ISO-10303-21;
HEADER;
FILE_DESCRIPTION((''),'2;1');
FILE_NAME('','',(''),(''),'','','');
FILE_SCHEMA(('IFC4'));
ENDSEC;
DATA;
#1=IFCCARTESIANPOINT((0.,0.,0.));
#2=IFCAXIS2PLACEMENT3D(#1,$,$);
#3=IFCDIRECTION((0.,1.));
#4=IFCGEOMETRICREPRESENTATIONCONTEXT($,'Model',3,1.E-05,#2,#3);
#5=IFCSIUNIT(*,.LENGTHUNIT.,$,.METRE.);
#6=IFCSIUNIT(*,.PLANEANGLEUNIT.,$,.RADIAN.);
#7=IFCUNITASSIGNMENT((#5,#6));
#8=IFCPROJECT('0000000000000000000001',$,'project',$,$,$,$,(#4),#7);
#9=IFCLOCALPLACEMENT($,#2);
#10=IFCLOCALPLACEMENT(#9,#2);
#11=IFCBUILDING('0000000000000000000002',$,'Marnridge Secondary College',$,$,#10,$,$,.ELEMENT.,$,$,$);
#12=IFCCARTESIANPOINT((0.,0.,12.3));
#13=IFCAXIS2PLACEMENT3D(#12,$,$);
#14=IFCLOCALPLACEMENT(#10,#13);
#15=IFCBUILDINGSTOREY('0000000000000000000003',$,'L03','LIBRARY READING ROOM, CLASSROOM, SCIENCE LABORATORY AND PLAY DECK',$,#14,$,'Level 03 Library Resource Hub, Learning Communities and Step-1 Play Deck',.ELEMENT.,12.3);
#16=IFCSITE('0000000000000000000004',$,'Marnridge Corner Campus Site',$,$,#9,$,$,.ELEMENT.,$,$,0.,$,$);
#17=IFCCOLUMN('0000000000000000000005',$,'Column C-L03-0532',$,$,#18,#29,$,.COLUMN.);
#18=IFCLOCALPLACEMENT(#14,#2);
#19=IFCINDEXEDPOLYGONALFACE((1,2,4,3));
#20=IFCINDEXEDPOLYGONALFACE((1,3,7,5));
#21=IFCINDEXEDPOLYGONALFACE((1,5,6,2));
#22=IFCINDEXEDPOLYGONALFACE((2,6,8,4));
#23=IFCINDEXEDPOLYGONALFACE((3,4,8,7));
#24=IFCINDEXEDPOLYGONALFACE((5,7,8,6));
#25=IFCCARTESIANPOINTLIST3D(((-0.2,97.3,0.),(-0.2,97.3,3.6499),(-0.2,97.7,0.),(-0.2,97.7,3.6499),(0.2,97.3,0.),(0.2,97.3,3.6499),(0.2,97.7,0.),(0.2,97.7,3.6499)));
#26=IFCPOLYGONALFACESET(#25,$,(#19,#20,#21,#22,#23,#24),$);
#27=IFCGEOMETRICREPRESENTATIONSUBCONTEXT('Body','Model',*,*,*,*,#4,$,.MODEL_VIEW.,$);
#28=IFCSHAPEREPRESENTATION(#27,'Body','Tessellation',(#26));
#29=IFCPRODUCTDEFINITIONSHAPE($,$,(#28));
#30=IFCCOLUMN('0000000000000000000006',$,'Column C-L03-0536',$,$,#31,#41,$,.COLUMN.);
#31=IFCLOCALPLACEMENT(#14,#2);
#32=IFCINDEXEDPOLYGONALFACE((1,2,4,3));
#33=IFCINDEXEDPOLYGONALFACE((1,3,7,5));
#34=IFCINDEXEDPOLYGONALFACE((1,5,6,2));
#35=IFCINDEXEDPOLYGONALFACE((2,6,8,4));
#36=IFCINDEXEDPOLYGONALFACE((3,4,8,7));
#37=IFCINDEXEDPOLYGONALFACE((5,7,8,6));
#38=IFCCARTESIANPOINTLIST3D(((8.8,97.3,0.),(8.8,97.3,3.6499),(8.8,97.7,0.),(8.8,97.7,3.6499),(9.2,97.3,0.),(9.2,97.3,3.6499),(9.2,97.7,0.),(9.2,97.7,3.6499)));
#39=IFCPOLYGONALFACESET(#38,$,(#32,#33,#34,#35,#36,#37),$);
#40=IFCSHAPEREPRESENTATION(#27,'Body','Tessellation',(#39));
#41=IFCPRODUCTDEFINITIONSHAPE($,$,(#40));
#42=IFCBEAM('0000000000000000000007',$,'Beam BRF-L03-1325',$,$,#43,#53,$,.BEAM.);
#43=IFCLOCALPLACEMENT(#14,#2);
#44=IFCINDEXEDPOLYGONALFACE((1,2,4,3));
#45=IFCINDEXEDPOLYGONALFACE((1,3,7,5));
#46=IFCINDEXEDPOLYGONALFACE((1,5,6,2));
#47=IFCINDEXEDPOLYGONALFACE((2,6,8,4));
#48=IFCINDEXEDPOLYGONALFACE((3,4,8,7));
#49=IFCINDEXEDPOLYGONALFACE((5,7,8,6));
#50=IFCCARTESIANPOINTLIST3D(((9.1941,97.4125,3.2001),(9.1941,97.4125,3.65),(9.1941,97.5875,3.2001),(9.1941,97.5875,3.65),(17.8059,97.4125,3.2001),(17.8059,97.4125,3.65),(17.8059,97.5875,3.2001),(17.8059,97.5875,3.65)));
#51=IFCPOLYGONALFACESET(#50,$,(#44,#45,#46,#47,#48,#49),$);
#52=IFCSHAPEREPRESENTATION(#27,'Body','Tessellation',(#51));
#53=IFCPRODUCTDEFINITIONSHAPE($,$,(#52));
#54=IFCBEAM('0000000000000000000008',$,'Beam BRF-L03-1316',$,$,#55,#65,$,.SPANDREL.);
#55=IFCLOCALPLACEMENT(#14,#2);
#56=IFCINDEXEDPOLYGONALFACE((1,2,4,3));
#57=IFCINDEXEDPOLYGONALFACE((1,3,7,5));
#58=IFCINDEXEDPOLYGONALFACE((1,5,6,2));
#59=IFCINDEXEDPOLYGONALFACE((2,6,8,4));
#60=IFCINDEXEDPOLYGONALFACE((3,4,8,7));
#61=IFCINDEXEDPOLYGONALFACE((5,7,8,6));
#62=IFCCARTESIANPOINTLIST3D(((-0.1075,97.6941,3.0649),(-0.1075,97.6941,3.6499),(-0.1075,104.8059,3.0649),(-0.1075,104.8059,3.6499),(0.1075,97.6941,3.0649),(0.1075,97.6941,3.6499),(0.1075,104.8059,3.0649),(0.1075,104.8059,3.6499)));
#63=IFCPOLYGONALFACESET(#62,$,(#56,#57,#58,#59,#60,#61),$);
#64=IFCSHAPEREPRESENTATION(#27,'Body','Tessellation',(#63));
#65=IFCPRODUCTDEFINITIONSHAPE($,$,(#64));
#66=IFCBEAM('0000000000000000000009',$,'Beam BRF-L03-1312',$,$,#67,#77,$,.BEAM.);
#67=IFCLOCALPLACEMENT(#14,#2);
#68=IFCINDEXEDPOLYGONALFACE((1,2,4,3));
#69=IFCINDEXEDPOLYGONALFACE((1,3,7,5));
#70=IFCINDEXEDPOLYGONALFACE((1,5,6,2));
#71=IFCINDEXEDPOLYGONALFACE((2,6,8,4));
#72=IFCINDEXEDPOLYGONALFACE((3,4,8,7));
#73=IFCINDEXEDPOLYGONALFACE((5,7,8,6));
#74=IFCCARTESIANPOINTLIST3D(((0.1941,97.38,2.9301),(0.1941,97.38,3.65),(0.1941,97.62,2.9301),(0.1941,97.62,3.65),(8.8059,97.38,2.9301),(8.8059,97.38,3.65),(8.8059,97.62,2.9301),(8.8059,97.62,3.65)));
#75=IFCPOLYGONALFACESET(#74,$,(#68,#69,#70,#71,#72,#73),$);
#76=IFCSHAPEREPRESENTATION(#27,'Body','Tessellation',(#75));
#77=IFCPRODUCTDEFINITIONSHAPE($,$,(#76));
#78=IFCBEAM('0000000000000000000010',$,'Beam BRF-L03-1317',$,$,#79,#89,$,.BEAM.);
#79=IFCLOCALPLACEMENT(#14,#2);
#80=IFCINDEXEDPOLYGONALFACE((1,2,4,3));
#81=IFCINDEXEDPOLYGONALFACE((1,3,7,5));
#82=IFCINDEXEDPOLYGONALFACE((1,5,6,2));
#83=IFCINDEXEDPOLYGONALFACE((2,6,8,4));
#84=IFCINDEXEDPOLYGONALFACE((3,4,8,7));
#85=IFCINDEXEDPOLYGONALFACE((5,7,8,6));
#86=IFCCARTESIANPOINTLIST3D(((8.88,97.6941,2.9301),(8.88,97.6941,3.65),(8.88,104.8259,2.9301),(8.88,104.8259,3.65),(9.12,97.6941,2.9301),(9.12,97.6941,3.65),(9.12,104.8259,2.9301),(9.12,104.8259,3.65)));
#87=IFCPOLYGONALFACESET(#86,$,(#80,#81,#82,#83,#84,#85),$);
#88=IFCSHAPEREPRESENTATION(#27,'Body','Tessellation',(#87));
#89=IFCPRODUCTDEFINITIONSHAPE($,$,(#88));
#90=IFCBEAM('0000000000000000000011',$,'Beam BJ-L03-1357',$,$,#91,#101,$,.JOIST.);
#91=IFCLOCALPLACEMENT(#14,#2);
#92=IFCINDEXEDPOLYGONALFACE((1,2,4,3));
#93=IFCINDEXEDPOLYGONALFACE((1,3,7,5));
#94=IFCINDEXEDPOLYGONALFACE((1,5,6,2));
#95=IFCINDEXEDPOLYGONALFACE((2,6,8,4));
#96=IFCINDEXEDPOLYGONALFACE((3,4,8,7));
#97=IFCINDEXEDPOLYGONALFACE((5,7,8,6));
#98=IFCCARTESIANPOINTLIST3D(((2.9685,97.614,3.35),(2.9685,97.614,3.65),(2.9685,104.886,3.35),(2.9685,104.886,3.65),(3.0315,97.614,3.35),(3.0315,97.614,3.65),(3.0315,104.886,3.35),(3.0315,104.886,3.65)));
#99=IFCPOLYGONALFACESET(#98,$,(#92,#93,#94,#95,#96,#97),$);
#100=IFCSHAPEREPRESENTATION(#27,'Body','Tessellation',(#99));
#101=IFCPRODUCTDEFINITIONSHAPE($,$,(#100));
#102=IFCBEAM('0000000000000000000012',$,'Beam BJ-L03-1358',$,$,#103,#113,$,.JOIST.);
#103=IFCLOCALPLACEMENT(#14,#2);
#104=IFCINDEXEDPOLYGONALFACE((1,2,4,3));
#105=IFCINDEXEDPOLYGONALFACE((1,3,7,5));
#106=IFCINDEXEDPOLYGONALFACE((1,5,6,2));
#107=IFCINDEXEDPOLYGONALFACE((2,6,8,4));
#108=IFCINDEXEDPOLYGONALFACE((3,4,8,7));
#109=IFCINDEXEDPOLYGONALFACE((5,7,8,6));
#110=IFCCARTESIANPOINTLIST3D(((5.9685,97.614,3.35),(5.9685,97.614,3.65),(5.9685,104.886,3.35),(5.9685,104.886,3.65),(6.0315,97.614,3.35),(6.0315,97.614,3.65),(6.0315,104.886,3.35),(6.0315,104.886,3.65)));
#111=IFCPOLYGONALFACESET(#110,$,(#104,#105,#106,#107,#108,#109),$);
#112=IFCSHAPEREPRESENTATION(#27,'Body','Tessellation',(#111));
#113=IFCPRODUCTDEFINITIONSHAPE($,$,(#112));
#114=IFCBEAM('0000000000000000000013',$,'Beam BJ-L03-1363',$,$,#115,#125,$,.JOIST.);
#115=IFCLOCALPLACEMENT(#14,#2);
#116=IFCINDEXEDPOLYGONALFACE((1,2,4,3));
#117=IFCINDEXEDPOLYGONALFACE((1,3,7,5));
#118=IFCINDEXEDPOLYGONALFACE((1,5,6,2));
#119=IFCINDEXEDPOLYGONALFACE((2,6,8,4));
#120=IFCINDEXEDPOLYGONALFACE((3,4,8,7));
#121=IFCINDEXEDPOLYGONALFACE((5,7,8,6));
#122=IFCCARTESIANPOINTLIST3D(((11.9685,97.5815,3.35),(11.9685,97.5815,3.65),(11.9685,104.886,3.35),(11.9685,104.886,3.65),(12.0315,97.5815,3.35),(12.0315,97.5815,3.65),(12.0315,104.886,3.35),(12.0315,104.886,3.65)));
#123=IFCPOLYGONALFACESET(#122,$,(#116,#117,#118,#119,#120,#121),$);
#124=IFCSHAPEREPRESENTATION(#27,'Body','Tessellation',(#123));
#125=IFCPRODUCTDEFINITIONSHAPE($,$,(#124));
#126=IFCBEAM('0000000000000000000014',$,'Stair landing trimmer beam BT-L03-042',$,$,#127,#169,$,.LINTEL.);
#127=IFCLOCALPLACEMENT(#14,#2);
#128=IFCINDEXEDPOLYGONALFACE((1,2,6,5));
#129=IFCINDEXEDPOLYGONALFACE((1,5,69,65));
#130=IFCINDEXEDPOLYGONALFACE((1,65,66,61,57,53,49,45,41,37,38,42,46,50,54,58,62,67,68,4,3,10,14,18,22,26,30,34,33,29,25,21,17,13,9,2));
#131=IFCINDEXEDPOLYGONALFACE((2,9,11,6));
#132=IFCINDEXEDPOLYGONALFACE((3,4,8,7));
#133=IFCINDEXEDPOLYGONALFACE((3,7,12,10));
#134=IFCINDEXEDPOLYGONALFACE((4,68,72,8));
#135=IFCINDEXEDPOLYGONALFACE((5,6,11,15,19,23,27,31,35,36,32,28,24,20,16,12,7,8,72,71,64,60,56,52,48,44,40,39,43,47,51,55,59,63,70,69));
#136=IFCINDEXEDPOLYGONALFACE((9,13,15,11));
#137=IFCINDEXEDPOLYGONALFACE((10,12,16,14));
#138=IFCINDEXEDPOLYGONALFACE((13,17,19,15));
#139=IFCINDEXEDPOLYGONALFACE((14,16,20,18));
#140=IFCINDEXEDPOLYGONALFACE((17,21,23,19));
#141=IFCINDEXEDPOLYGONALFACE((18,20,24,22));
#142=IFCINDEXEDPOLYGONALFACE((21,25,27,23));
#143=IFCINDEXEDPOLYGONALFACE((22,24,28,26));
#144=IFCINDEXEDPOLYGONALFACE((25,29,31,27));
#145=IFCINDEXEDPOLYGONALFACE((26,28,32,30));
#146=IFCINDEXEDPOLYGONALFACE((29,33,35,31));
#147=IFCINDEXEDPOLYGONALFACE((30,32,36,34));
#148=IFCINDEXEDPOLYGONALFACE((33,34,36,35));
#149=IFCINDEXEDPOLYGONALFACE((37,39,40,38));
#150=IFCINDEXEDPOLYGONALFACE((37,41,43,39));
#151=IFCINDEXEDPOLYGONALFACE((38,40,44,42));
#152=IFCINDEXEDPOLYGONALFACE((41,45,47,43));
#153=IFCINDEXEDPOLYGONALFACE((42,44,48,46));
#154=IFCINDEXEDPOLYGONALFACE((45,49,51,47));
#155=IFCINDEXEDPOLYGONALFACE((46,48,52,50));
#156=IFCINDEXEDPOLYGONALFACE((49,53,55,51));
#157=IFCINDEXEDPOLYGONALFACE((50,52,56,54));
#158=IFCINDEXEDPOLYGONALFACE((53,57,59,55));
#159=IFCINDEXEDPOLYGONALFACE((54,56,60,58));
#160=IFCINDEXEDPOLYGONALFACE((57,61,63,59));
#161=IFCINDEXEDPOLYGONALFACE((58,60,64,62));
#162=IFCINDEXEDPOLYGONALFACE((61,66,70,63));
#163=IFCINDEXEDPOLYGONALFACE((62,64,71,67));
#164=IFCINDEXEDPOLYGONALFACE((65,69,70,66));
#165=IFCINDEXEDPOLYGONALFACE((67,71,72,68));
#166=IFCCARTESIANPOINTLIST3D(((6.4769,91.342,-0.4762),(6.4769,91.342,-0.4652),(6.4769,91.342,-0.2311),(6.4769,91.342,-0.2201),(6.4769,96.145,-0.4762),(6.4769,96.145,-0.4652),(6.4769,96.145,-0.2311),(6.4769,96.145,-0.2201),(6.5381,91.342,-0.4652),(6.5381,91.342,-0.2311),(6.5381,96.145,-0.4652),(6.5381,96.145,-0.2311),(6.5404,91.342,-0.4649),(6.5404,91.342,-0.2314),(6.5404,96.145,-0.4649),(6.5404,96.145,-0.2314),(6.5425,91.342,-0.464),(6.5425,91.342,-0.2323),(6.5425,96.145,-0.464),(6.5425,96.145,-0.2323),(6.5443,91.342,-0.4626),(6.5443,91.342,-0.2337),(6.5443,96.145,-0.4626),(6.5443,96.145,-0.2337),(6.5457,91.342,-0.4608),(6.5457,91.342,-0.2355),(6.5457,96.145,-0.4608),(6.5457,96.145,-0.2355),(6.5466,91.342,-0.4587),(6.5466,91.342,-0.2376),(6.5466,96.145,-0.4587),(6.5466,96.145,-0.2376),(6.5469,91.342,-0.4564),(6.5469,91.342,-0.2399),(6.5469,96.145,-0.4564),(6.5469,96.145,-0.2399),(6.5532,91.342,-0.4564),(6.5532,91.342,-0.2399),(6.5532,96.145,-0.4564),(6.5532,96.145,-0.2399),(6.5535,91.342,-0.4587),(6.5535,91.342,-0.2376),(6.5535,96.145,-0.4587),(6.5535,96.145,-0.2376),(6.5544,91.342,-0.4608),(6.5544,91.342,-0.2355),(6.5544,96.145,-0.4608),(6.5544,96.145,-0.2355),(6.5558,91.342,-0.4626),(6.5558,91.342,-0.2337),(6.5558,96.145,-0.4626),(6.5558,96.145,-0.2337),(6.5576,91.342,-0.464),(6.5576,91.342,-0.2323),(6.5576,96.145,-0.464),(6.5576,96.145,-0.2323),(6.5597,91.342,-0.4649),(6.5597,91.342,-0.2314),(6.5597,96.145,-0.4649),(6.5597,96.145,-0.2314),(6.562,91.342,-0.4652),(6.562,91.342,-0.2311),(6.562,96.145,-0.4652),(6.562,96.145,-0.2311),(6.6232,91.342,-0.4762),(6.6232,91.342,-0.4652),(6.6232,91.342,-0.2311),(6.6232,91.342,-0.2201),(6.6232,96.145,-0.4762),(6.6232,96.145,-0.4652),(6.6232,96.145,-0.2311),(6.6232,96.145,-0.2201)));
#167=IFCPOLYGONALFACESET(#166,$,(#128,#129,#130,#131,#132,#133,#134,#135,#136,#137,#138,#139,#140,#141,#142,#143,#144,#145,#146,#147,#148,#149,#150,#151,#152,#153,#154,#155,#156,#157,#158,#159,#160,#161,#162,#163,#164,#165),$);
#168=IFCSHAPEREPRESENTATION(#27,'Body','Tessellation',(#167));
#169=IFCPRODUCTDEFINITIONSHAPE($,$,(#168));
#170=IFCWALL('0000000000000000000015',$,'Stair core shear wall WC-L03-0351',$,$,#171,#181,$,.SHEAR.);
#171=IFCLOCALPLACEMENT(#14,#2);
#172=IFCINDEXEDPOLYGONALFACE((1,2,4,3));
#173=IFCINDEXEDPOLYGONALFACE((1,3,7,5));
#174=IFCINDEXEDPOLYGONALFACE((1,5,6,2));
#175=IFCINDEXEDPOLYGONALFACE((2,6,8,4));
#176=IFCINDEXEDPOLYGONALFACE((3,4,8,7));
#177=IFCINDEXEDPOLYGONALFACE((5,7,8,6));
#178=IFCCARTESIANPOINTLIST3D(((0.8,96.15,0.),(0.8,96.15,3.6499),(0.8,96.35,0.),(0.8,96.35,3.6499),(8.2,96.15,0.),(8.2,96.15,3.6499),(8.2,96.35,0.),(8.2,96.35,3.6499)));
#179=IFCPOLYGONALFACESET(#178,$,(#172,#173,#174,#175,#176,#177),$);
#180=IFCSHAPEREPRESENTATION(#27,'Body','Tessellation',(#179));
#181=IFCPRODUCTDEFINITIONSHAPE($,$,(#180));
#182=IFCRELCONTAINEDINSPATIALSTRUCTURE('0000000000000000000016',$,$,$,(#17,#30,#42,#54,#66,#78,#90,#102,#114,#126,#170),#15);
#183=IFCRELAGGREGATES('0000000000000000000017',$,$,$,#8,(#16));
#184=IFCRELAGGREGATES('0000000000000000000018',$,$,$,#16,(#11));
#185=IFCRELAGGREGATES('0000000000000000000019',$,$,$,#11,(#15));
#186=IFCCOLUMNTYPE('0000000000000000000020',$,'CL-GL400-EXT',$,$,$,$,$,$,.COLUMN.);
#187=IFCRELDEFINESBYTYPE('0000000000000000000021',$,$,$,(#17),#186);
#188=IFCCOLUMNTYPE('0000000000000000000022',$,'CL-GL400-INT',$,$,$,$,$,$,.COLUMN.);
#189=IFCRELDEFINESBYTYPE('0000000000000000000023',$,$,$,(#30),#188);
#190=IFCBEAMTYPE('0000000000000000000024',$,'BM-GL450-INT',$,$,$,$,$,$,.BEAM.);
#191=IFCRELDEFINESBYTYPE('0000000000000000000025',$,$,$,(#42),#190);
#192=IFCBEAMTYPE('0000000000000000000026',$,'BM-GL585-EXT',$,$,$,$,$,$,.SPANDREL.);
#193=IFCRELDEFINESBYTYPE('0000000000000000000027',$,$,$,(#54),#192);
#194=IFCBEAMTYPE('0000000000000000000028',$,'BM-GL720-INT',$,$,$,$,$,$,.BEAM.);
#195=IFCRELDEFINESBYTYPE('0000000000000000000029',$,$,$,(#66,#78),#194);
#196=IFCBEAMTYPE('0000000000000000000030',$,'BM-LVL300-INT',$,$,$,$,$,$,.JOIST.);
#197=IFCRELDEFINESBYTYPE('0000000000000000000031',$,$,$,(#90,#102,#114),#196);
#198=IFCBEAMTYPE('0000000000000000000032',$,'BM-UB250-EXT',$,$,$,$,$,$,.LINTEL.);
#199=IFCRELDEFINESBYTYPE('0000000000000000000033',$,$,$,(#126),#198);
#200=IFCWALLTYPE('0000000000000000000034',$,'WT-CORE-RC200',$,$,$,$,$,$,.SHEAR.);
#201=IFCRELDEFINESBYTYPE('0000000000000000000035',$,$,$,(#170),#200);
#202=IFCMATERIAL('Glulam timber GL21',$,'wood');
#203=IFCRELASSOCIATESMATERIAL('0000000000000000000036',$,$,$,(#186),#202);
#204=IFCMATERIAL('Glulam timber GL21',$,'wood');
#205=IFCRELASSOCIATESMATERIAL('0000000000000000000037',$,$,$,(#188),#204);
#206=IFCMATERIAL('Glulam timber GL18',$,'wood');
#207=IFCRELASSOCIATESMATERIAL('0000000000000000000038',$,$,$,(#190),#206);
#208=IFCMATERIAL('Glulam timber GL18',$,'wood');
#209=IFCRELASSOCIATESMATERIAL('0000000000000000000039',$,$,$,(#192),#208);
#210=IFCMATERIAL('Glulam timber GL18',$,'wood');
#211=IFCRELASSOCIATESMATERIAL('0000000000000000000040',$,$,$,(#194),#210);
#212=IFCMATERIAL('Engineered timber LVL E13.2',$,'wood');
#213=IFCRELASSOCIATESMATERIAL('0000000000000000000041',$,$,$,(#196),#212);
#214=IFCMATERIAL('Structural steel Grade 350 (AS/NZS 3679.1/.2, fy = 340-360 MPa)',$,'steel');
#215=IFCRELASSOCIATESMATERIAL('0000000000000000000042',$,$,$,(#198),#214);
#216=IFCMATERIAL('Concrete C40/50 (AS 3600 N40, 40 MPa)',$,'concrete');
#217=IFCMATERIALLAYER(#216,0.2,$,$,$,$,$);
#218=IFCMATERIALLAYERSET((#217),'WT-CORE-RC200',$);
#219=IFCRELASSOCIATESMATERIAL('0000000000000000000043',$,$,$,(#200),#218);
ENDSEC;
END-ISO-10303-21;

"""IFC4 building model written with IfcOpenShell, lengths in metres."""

from ifc_helpers import new_model, si_unit, direction, frame, frame_2d, origin, origin_2d, place, context, subcontext, project, spatial, rectangle, i_section, extrude, material, layer, layer_set, material_profile, profile_set, type_object, element, save


model = new_model("IFC4")

# Units and contexts
model_context = context("Model", 3, precision=1e-05, world=origin(), true_north=direction((0.0, 1.0)))
body_context = subcontext(model_context, "Body", "Model", "MODEL_VIEW")
ifc_project = project(units=[si_unit("LENGTHUNIT", "METRE"), si_unit("PLANEANGLEUNIT", "RADIAN")], contexts=[model_context])

# Site, building, storey
site_placement = place(None, origin())
site = spatial("IfcSite", under=ifc_project, at=site_placement, Name="Marnridge Corner Campus Site", CompositionType="ELEMENT", RefElevation=0.0)
building_placement = place(site_placement, origin())
building = spatial("IfcBuilding", under=site, at=building_placement, Name="Marnridge Secondary College", CompositionType="ELEMENT")
storey_placement = place(building_placement, frame((0.0, 0.0, 12.3)))
storey = spatial("IfcBuildingStorey", under=building, at=storey_placement, Name="L03", Description="LIBRARY READING ROOM, CLASSROOM, SCIENCE LABORATORY AND PLAY DECK", LongName="Level 03 Library Resource Hub, Learning Communities and Step-1 Play Deck", CompositionType="ELEMENT", Elevation=12.3)

# Columns
ifc_material_1 = material(Name="Glulam timber GL21", Category="wood")
ifc_material_profile_1 = material_profile(ifc_material_1, rectangle(XDim=0.3999, YDim=0.3999, at=origin_2d()), Name="GL21 400x400")
ifc_profile_set_1 = profile_set([ifc_material_profile_1], Name="Glulam timber GL21")
column_type_1 = type_object("IfcColumnType", Name="CL-GL400-EXT", PredefinedType="COLUMN", material=ifc_profile_set_1)
column_1_placement = place(storey_placement, frame((0.0, 97.5, 0.0), z_axis=(0.0, 0.0, 1.0), x_axis=(1.0, 0.0, 0.0)))
element("IfcColumn", 1, at=column_1_placement, inside=storey, type_object=column_type_1, Name="Column C-L03-0532", PredefinedType="COLUMN", context=body_context, shape_type="SweptSolid", body=[
    extrude(rectangle(XDim=0.3999, YDim=0.3999, at=origin_2d()), origin(), (0.0, 0.0, 1.0), 3.6499),
])
ifc_material_2 = material(Name="Glulam timber GL21", Category="wood")
ifc_material_profile_2 = material_profile(ifc_material_2, rectangle(XDim=0.3999, YDim=0.3999, at=origin_2d()), Name="GL21 400x400")
ifc_profile_set_2 = profile_set([ifc_material_profile_2], Name="Glulam timber GL21")
column_type_2 = type_object("IfcColumnType", Name="CL-GL400-INT", PredefinedType="COLUMN", material=ifc_profile_set_2)
column_2_placement = place(storey_placement, frame((9.0, 97.5, 0.0), z_axis=(0.0, 0.0, 1.0), x_axis=(1.0, 0.0, 0.0)))
element("IfcColumn", 2, at=column_2_placement, inside=storey, type_object=column_type_2, Name="Column C-L03-0536", PredefinedType="COLUMN", context=body_context, shape_type="SweptSolid", body=[
    extrude(rectangle(XDim=0.3999, YDim=0.3999, at=origin_2d()), origin(), (0.0, 0.0, 1.0), 3.6499),
])

# Beams
ifc_material_3 = material(Name="Glulam timber GL18", Category="wood")
ifc_material_profile_3 = material_profile(ifc_material_3, rectangle(XDim=0.175, YDim=0.45, at=origin_2d()), Name="GL18 175x450")
ifc_profile_set_3 = profile_set([ifc_material_profile_3], Name="Glulam timber GL18")
beam_type_1 = type_object("IfcBeamType", Name="BM-GL450-INT", PredefinedType="BEAM", material=ifc_profile_set_3)
beam_1_placement = place(storey_placement, frame((9.1941, 97.5, 3.425), z_axis=(1.0, 0.0, 0.0), x_axis=(0.0, 1.0, 0.0)))
element("IfcBeam", 3, at=beam_1_placement, inside=storey, type_object=beam_type_1, Name="Beam BRF-L03-1325", PredefinedType="BEAM", context=body_context, shape_type="SweptSolid", body=[
    extrude(rectangle(XDim=0.175, YDim=0.45, at=origin_2d()), origin(), (0.0, 0.0, 1.0), 8.6118),
])
ifc_material_4 = material(Name="Glulam timber GL18", Category="wood")
ifc_material_profile_4 = material_profile(ifc_material_4, rectangle(XDim=0.2151, YDim=0.585, at=origin_2d()), Name="GL18 215x585")
ifc_profile_set_4 = profile_set([ifc_material_profile_4], Name="Glulam timber GL18")
beam_type_2 = type_object("IfcBeamType", Name="BM-GL585-EXT", PredefinedType="SPANDREL", material=ifc_profile_set_4)
beam_2_placement = place(storey_placement, frame((0.0, 97.6941, 3.3574), z_axis=(0.0, 1.0, 0.0), x_axis=(-1.0, 0.0, 0.0)))
element("IfcBeam", 4, at=beam_2_placement, inside=storey, type_object=beam_type_2, Name="Beam BRF-L03-1316", PredefinedType="SPANDREL", context=body_context, shape_type="SweptSolid", body=[
    extrude(rectangle(XDim=0.2151, YDim=0.585, at=origin_2d()), origin(), (0.0, 0.0, 1.0), 7.1118),
])
ifc_material_5 = material(Name="Glulam timber GL18", Category="wood")
ifc_material_profile_5 = material_profile(ifc_material_5, rectangle(XDim=0.24, YDim=0.72, at=origin_2d()), Name="GL18 240x720")
ifc_profile_set_5 = profile_set([ifc_material_profile_5], Name="Glulam timber GL18")
beam_type_3 = type_object("IfcBeamType", Name="BM-GL720-INT", PredefinedType="BEAM", material=ifc_profile_set_5)
beam_3_placement = place(storey_placement, frame((0.1941, 97.5, 3.29), z_axis=(1.0, 0.0, 0.0), x_axis=(0.0, 1.0, 0.0)))
element("IfcBeam", 5, at=beam_3_placement, inside=storey, type_object=beam_type_3, Name="Beam BRF-L03-1312", PredefinedType="BEAM", context=body_context, shape_type="SweptSolid", body=[
    extrude(rectangle(XDim=0.24, YDim=0.72, at=origin_2d()), origin(), (0.0, 0.0, 1.0), 8.6118),
])
beam_4_placement = place(storey_placement, frame((9.0, 97.6941, 3.29), z_axis=(0.0, 1.0, 0.0), x_axis=(-1.0, 0.0, 0.0)))
element("IfcBeam", 6, at=beam_4_placement, inside=storey, type_object=beam_type_3, Name="Beam BRF-L03-1317", PredefinedType="BEAM", context=body_context, shape_type="SweptSolid", body=[
    extrude(rectangle(XDim=0.24, YDim=0.72, at=origin_2d()), origin(), (0.0, 0.0, 1.0), 7.1318),
])
ifc_material_6 = material(Name="Engineered timber LVL E13.2", Category="wood")
ifc_material_profile_6 = material_profile(ifc_material_6, rectangle(XDim=0.063, YDim=0.3, at=origin_2d()), Name="LVL 63x300")
ifc_profile_set_6 = profile_set([ifc_material_profile_6], Name="Engineered timber LVL E13.2")
beam_type_4 = type_object("IfcBeamType", Name="BM-LVL300-INT", PredefinedType="JOIST", material=ifc_profile_set_6)
for number, where, z_axis, x_axis, name in (
    (7, (3.0, 97.614, 3.5), (0.0, 1.0, 0.0), (-1.0, 0.0, 0.0), "Beam BJ-L03-1357"),
    (8, (6.0, 97.614, 3.5), (0.0, 1.0, 0.0), (-1.0, 0.0, 0.0), "Beam BJ-L03-1358"),
):
    element("IfcBeam", number, at=place(storey_placement, frame(where, z_axis=z_axis, x_axis=x_axis)), inside=storey, type_object=beam_type_4, Name=name, PredefinedType="JOIST", context=body_context, shape_type="SweptSolid", body=[
        extrude(rectangle(XDim=0.063, YDim=0.3, at=origin_2d()), origin(), (0.0, 0.0, 1.0), 7.272),
    ])
beam_5_placement = place(storey_placement, frame((12.0, 97.5815, 3.5), z_axis=(0.0, 1.0, 0.0), x_axis=(-1.0, 0.0, 0.0)))
element("IfcBeam", 9, at=beam_5_placement, inside=storey, type_object=beam_type_4, Name="Beam BJ-L03-1363", PredefinedType="JOIST", context=body_context, shape_type="SweptSolid", body=[
    extrude(rectangle(XDim=0.063, YDim=0.3, at=origin_2d()), origin(), (0.0, 0.0, 1.0), 7.3044),
])
ifc_material_7 = material(Name="Structural steel Grade 350 (AS/NZS 3679.1/.2, fy = 340-360 MPa)", Category="steel")
ifc_material_profile_7 = material_profile(ifc_material_7, i_section(OverallWidth=0.1462, OverallDepth=0.2561, WebThickness=0.0063, FlangeThickness=0.011, FilletRadius=0.0088, at=origin_2d()), Name="250UB37.3")
ifc_profile_set_7 = profile_set([ifc_material_profile_7], Name="Structural steel Grade 350 (AS/NZS 3679.1/.2, fy = 340-360 MPa)")
beam_type_5 = type_object("IfcBeamType", Name="BM-UB250-EXT", PredefinedType="LINTEL", material=ifc_profile_set_7)
beam_6_placement = place(storey_placement, frame((6.55, 91.342, -0.3481), z_axis=(0.0, 1.0, 0.0), x_axis=(-1.0, 0.0, 0.0)))
element("IfcBeam", 10, at=beam_6_placement, inside=storey, type_object=beam_type_5, Name="Stair landing trimmer beam BT-L03-042", PredefinedType="LINTEL", context=body_context, shape_type="SweptSolid", body=[
    extrude(i_section(OverallWidth=0.1462, OverallDepth=0.2561, WebThickness=0.0063, FlangeThickness=0.011, FilletRadius=0.0088, at=origin_2d()), origin(), (0.0, 0.0, 1.0), 4.803),
])

# Wall
ifc_material_8 = material(Name="Concrete C40/50 (AS 3600 N40, 40 MPa)", Category="concrete")
ifc_layer_1 = layer(ifc_material_8, 0.2)
ifc_layer_set_1 = layer_set([ifc_layer_1], Name="WT-CORE-RC200")
wall_type_1 = type_object("IfcWallType", Name="WT-CORE-RC200", PredefinedType="SHEAR", material=ifc_layer_set_1)
wall_1_placement = place(storey_placement, frame((8.2, 96.25, 0.0), z_axis=(0.0, 0.0, 1.0), x_axis=(-1.0, 0.0, 0.0)))
element("IfcWall", 11, at=wall_1_placement, inside=storey, type_object=wall_type_1, Name="Stair core shear wall WC-L03-0351", PredefinedType="SHEAR", context=body_context, shape_type="SweptSolid", body=[
    extrude(rectangle(XDim=7.3999, YDim=0.2, at=frame_2d((3.7, 0.0))), origin(), (0.0, 0.0, 1.0), 3.6499),
])

save(model, "model.ifc")
